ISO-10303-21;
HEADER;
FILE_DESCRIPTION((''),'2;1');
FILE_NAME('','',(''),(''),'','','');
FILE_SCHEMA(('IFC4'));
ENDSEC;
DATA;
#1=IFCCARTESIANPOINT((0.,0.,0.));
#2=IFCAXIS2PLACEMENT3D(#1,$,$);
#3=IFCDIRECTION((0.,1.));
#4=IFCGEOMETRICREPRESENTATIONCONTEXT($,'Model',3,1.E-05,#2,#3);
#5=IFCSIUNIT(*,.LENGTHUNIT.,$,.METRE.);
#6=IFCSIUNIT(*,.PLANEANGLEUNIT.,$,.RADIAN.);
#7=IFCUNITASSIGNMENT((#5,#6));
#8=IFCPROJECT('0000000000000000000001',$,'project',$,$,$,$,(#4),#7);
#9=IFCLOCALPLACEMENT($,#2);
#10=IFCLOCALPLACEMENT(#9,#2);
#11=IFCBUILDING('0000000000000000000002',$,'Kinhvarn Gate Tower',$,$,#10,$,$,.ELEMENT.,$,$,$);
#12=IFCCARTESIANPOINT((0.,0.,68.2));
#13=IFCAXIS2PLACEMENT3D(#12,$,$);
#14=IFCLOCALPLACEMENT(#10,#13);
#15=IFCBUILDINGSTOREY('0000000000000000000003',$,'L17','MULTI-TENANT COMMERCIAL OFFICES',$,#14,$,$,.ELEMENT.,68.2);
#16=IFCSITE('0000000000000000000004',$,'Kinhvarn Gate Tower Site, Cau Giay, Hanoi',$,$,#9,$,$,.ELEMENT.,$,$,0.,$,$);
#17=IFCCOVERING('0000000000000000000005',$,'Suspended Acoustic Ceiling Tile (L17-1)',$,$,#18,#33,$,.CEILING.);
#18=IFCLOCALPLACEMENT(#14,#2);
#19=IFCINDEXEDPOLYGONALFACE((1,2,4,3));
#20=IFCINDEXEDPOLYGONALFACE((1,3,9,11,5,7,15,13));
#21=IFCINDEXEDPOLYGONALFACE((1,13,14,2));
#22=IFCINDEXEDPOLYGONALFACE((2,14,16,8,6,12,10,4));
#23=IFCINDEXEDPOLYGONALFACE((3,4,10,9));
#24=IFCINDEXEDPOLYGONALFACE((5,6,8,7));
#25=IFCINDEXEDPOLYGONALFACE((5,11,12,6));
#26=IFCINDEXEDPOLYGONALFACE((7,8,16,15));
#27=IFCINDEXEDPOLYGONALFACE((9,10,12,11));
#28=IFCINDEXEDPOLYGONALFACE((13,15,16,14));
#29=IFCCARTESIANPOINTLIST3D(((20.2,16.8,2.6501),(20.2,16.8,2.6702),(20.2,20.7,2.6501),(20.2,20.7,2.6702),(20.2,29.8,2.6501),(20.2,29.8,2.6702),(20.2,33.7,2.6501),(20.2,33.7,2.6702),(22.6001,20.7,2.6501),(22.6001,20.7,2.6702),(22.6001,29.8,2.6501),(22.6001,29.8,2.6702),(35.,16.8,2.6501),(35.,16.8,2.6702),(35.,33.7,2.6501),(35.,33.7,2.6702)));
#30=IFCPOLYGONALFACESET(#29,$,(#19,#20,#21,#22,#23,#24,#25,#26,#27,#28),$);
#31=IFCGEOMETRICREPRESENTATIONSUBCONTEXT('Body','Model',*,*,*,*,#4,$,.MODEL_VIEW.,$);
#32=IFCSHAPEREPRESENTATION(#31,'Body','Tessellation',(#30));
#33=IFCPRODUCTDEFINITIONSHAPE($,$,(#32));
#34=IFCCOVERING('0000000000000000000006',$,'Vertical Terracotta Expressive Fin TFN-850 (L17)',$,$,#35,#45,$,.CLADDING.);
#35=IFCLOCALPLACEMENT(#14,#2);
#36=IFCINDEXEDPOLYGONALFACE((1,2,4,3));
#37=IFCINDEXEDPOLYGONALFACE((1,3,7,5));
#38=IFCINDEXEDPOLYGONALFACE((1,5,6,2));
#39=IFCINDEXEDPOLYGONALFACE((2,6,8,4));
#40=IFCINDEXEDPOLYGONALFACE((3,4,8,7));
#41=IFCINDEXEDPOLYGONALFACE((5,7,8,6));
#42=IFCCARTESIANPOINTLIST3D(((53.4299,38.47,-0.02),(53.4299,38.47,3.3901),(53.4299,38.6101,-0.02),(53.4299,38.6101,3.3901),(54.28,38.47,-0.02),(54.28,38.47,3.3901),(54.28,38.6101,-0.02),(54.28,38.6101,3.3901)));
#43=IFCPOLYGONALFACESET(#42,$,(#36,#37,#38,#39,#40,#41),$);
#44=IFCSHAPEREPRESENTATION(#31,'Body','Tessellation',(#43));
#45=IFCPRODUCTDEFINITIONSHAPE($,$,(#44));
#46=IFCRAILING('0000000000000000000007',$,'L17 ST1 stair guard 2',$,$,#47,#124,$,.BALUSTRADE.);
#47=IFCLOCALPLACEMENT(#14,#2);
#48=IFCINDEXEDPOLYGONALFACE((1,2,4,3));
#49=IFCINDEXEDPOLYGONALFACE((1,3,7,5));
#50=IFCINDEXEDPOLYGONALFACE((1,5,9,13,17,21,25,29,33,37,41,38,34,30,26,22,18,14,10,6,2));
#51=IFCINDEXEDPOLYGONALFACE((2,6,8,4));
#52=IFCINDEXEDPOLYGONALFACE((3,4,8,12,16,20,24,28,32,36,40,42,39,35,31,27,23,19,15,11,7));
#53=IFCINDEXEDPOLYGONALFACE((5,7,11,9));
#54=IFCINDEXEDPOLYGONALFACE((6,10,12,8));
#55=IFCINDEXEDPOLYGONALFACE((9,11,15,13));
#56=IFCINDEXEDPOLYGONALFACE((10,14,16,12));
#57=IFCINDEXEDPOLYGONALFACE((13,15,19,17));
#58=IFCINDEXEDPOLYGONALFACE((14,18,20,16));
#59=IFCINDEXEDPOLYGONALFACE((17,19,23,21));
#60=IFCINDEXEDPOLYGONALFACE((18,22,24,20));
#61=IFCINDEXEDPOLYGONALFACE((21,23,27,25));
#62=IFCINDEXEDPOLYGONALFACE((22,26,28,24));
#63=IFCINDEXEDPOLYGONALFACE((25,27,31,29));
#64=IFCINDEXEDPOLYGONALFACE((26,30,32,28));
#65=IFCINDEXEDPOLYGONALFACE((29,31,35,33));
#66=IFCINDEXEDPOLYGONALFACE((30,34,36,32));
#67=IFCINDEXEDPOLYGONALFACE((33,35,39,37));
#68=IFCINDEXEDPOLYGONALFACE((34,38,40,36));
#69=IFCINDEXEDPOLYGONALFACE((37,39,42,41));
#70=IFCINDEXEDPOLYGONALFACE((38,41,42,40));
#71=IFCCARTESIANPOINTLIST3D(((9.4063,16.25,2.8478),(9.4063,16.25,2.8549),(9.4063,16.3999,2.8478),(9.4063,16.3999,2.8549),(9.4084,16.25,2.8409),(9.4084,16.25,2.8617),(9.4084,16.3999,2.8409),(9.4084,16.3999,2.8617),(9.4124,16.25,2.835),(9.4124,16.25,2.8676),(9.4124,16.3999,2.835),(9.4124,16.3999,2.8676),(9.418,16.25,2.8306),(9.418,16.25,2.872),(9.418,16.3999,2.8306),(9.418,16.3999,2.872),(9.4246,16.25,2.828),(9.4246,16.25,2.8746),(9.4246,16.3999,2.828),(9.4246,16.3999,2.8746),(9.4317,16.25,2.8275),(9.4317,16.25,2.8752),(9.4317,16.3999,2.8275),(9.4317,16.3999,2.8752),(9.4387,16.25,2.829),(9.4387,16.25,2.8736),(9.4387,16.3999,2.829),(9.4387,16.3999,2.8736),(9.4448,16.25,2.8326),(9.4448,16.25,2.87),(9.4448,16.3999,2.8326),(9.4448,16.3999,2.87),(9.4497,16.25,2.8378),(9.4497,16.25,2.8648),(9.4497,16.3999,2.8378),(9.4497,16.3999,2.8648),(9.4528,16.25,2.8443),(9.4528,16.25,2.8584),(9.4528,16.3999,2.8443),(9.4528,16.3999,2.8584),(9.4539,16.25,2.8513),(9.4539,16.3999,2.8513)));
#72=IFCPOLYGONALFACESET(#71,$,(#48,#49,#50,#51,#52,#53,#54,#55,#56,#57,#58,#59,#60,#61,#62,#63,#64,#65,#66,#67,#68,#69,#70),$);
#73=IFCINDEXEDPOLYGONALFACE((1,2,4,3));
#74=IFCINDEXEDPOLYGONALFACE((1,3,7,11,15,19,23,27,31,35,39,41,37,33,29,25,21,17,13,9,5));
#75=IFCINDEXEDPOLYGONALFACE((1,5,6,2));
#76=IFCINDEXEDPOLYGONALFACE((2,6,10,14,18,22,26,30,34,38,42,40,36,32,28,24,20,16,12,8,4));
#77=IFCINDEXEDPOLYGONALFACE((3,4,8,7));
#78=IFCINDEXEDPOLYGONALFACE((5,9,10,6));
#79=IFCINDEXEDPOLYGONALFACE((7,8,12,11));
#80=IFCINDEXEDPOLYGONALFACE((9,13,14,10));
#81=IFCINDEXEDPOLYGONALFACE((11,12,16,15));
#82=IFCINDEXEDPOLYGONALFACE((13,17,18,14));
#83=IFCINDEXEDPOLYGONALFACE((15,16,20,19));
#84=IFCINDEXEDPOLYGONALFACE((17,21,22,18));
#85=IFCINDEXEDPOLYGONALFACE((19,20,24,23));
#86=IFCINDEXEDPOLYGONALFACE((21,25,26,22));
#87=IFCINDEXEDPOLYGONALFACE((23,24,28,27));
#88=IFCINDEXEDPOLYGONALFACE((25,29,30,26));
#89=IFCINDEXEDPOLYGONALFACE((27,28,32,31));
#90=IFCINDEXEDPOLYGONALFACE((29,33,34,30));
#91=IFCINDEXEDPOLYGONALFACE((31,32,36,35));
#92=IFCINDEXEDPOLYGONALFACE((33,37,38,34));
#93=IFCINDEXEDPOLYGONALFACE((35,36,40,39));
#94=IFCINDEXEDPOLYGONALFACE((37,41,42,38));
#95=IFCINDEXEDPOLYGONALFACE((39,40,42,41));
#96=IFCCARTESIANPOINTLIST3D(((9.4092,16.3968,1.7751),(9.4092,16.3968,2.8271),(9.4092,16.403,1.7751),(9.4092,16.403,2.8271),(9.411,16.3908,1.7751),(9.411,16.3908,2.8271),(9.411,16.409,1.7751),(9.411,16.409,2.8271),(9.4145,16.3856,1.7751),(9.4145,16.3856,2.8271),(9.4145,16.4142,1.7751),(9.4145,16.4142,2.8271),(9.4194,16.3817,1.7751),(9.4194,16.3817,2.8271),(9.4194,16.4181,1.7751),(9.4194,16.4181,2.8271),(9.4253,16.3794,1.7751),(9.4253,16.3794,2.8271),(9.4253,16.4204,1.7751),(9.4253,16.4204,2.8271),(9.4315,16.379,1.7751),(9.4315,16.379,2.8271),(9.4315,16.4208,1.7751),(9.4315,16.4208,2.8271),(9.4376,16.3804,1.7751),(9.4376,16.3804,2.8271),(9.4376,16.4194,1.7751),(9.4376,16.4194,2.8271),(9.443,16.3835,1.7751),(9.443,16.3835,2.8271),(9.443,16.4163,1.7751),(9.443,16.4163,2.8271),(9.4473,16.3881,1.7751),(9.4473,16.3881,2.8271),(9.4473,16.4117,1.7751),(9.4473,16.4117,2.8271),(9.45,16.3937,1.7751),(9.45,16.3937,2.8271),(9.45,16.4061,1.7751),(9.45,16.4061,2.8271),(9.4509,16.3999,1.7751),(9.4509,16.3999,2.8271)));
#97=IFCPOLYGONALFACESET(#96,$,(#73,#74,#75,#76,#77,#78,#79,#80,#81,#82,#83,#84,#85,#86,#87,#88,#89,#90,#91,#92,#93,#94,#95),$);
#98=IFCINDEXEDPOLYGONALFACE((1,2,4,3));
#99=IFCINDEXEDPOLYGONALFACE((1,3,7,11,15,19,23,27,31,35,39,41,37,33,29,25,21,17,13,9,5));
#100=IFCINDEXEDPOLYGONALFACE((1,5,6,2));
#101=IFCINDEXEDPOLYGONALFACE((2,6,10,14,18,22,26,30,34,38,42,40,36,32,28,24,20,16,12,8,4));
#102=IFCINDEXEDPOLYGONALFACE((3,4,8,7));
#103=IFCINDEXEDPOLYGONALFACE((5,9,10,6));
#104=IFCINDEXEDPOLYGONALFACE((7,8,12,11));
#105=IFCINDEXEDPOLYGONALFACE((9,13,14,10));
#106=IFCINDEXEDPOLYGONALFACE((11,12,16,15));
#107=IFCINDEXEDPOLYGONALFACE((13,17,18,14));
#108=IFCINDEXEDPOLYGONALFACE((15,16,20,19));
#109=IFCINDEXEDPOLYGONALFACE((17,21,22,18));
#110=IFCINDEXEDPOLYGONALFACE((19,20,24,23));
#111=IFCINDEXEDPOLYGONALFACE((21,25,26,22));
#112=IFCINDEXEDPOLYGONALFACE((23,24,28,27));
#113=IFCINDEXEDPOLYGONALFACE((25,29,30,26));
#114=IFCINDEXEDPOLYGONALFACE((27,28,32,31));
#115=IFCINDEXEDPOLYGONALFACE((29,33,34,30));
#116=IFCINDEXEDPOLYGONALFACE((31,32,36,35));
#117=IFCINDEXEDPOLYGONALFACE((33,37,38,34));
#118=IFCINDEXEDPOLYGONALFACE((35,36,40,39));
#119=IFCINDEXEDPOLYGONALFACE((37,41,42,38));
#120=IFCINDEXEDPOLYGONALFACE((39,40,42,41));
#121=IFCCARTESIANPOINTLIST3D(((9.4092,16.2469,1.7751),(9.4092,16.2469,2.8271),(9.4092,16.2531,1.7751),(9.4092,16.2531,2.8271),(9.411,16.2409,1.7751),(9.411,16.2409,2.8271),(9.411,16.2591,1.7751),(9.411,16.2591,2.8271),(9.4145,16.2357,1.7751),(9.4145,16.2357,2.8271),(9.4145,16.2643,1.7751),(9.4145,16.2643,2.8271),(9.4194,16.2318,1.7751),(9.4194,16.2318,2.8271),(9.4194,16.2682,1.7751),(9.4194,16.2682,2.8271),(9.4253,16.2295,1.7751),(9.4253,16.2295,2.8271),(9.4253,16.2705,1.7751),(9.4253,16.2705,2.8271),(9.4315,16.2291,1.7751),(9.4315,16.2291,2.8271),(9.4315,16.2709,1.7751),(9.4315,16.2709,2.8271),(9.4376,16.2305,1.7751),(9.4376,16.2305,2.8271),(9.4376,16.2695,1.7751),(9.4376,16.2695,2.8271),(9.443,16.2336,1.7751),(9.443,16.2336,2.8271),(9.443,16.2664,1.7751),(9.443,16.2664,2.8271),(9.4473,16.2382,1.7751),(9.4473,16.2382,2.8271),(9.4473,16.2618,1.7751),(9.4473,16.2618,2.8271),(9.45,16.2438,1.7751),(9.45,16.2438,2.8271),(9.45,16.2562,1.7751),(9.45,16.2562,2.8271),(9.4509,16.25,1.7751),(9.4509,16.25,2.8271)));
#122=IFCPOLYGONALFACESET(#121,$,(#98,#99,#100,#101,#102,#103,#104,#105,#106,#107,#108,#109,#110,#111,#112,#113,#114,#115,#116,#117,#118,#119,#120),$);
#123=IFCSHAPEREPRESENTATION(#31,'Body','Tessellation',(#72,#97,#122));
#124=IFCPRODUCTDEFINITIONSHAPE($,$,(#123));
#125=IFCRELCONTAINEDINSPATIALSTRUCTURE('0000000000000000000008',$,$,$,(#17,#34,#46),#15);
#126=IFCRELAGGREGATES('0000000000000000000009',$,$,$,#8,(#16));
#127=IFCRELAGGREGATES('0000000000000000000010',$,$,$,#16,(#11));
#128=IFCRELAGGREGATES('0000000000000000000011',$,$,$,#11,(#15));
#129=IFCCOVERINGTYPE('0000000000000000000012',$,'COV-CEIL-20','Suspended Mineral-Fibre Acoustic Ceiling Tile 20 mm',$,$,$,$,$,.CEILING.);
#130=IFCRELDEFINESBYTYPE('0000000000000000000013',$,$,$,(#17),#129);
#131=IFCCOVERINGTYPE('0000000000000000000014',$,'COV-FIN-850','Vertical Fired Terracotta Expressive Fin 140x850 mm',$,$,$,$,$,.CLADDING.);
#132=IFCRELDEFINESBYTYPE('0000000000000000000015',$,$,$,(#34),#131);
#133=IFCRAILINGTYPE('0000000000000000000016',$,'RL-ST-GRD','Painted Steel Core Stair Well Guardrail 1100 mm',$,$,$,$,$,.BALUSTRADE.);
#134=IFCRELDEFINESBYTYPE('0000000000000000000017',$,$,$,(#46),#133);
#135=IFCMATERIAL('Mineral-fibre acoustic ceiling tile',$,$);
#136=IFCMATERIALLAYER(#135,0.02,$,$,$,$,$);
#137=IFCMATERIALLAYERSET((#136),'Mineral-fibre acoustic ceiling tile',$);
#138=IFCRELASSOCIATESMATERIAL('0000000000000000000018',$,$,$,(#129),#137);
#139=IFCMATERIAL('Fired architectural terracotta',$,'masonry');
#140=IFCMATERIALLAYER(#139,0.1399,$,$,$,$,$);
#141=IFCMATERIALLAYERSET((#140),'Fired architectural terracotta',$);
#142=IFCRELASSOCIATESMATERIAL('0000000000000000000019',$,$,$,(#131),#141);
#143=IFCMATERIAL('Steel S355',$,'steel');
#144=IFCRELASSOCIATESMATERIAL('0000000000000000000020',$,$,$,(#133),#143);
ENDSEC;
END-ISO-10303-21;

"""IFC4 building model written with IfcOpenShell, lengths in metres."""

from ifc_helpers import new_model, si_unit, direction, frame, origin, origin_2d, place, context, subcontext, project, spatial, polyline, circle, outline, extrude, material, layer, layer_set, type_object, element, save


model = new_model("IFC4")

# Units and contexts
model_context = context("Model", 3, precision=1e-05, world=origin(), true_north=direction((0.0, 1.0)))
body_context = subcontext(model_context, "Body", "Model", "MODEL_VIEW")
ifc_project = project(units=[si_unit("LENGTHUNIT", "METRE"), si_unit("PLANEANGLEUNIT", "RADIAN")], contexts=[model_context])

# Site, building, storey
site_placement = place(None, origin())
site = spatial("IfcSite", under=ifc_project, at=site_placement, Name="Kinhvarn Gate Tower Site, Cau Giay, Hanoi", CompositionType="ELEMENT", RefElevation=0.0)
building_placement = place(site_placement, origin())
building = spatial("IfcBuilding", under=site, at=building_placement, Name="Kinhvarn Gate Tower", CompositionType="ELEMENT")
storey_placement = place(building_placement, frame((0.0, 0.0, 68.2)))
storey = spatial("IfcBuildingStorey", under=building, at=storey_placement, Name="L17", Description="MULTI-TENANT COMMERCIAL OFFICES", CompositionType="ELEMENT", Elevation=68.2)

# Shared definitions
ifc_material_1 = material(Name="Steel S355", Category="steel")

# Shared definitions
ifc_material_2 = material(Name="Fired architectural terracotta", Category="masonry")

# Coverings
ifc_material_3 = material(Name="Mineral-fibre acoustic ceiling tile")
ifc_layer_1 = layer(ifc_material_3, 0.02)
ifc_layer_set_1 = layer_set([ifc_layer_1], Name="Mineral-fibre acoustic ceiling tile")
covering_type_1 = type_object("IfcCoveringType", Name="COV-CEIL-20", Description="Suspended Mineral-Fibre Acoustic Ceiling Tile 20 mm", PredefinedType="CEILING", material=ifc_layer_set_1)
covering_1_placement = place(storey_placement, frame((0.0, 0.0, 2.6501)))
element("IfcCovering", 1, at=covering_1_placement, inside=storey, type_object=covering_type_1, Name="Suspended Acoustic Ceiling Tile (L17-1)", PredefinedType="CEILING", context=body_context, shape_type="SweptSolid", body=[
    extrude(outline(polyline([(35.0, 33.7), (35.0, 16.8), (20.2, 16.8), (20.2, 20.7), (22.6001, 20.7), (22.6001, 29.8), (20.2, 29.8), (20.2, 33.7), (35.0, 33.7)])), origin(), (0.0, 0.0, 1.0), 0.02),
])
ifc_layer_2 = layer(ifc_material_2, 0.1399)
ifc_layer_set_2 = layer_set([ifc_layer_2], Name="Fired architectural terracotta")
covering_type_2 = type_object("IfcCoveringType", Name="COV-FIN-850", Description="Vertical Fired Terracotta Expressive Fin 140x850 mm", PredefinedType="CLADDING", material=ifc_layer_set_2)
covering_2_placement = place(storey_placement, frame((0.0, 0.0, -0.02)))
element("IfcCovering", 2, at=covering_2_placement, inside=storey, type_object=covering_type_2, Name="Vertical Terracotta Expressive Fin TFN-850 (L17)", PredefinedType="CLADDING", context=body_context, shape_type="SweptSolid", body=[
    extrude(outline(polyline([(53.4299, 38.47), (53.4299, 38.6101), (54.28, 38.6101), (54.28, 38.47), (53.4299, 38.47)])), origin(), (0.0, 0.0, 1.0), 3.4102),
])

# Railing
railing_type_1 = type_object("IfcRailingType", Name="RL-ST-GRD", Description="Painted Steel Core Stair Well Guardrail 1100 mm", PredefinedType="BALUSTRADE", material=ifc_material_1)
railing_1_placement = place(storey_placement, frame((9.4299, 16.3999, 1.7751)))
element("IfcRailing", 3, at=railing_1_placement, inside=storey, type_object=railing_type_1, Name="L17 ST1 stair guard 2", PredefinedType="BALUSTRADE", context=body_context, shape_type="SweptSolid", body=[
    extrude(circle(Radius=0.0239, at=origin_2d()), frame((0.0, 0.0, 1.0762), z_axis=(0.0, -1.0, 0.0), x_axis=(1.0, 0.0, 0.0)), (0.0, 0.0, 1.0), 0.1499),
    extrude(circle(Radius=0.021, at=origin_2d()), origin(), (0.0, 0.0, 1.0), 1.052),
    extrude(circle(Radius=0.021, at=origin_2d()), frame((0.0, -0.1499, 0.0)), (0.0, 0.0, 1.0), 1.052),
])

save(model, "model.ifc")
